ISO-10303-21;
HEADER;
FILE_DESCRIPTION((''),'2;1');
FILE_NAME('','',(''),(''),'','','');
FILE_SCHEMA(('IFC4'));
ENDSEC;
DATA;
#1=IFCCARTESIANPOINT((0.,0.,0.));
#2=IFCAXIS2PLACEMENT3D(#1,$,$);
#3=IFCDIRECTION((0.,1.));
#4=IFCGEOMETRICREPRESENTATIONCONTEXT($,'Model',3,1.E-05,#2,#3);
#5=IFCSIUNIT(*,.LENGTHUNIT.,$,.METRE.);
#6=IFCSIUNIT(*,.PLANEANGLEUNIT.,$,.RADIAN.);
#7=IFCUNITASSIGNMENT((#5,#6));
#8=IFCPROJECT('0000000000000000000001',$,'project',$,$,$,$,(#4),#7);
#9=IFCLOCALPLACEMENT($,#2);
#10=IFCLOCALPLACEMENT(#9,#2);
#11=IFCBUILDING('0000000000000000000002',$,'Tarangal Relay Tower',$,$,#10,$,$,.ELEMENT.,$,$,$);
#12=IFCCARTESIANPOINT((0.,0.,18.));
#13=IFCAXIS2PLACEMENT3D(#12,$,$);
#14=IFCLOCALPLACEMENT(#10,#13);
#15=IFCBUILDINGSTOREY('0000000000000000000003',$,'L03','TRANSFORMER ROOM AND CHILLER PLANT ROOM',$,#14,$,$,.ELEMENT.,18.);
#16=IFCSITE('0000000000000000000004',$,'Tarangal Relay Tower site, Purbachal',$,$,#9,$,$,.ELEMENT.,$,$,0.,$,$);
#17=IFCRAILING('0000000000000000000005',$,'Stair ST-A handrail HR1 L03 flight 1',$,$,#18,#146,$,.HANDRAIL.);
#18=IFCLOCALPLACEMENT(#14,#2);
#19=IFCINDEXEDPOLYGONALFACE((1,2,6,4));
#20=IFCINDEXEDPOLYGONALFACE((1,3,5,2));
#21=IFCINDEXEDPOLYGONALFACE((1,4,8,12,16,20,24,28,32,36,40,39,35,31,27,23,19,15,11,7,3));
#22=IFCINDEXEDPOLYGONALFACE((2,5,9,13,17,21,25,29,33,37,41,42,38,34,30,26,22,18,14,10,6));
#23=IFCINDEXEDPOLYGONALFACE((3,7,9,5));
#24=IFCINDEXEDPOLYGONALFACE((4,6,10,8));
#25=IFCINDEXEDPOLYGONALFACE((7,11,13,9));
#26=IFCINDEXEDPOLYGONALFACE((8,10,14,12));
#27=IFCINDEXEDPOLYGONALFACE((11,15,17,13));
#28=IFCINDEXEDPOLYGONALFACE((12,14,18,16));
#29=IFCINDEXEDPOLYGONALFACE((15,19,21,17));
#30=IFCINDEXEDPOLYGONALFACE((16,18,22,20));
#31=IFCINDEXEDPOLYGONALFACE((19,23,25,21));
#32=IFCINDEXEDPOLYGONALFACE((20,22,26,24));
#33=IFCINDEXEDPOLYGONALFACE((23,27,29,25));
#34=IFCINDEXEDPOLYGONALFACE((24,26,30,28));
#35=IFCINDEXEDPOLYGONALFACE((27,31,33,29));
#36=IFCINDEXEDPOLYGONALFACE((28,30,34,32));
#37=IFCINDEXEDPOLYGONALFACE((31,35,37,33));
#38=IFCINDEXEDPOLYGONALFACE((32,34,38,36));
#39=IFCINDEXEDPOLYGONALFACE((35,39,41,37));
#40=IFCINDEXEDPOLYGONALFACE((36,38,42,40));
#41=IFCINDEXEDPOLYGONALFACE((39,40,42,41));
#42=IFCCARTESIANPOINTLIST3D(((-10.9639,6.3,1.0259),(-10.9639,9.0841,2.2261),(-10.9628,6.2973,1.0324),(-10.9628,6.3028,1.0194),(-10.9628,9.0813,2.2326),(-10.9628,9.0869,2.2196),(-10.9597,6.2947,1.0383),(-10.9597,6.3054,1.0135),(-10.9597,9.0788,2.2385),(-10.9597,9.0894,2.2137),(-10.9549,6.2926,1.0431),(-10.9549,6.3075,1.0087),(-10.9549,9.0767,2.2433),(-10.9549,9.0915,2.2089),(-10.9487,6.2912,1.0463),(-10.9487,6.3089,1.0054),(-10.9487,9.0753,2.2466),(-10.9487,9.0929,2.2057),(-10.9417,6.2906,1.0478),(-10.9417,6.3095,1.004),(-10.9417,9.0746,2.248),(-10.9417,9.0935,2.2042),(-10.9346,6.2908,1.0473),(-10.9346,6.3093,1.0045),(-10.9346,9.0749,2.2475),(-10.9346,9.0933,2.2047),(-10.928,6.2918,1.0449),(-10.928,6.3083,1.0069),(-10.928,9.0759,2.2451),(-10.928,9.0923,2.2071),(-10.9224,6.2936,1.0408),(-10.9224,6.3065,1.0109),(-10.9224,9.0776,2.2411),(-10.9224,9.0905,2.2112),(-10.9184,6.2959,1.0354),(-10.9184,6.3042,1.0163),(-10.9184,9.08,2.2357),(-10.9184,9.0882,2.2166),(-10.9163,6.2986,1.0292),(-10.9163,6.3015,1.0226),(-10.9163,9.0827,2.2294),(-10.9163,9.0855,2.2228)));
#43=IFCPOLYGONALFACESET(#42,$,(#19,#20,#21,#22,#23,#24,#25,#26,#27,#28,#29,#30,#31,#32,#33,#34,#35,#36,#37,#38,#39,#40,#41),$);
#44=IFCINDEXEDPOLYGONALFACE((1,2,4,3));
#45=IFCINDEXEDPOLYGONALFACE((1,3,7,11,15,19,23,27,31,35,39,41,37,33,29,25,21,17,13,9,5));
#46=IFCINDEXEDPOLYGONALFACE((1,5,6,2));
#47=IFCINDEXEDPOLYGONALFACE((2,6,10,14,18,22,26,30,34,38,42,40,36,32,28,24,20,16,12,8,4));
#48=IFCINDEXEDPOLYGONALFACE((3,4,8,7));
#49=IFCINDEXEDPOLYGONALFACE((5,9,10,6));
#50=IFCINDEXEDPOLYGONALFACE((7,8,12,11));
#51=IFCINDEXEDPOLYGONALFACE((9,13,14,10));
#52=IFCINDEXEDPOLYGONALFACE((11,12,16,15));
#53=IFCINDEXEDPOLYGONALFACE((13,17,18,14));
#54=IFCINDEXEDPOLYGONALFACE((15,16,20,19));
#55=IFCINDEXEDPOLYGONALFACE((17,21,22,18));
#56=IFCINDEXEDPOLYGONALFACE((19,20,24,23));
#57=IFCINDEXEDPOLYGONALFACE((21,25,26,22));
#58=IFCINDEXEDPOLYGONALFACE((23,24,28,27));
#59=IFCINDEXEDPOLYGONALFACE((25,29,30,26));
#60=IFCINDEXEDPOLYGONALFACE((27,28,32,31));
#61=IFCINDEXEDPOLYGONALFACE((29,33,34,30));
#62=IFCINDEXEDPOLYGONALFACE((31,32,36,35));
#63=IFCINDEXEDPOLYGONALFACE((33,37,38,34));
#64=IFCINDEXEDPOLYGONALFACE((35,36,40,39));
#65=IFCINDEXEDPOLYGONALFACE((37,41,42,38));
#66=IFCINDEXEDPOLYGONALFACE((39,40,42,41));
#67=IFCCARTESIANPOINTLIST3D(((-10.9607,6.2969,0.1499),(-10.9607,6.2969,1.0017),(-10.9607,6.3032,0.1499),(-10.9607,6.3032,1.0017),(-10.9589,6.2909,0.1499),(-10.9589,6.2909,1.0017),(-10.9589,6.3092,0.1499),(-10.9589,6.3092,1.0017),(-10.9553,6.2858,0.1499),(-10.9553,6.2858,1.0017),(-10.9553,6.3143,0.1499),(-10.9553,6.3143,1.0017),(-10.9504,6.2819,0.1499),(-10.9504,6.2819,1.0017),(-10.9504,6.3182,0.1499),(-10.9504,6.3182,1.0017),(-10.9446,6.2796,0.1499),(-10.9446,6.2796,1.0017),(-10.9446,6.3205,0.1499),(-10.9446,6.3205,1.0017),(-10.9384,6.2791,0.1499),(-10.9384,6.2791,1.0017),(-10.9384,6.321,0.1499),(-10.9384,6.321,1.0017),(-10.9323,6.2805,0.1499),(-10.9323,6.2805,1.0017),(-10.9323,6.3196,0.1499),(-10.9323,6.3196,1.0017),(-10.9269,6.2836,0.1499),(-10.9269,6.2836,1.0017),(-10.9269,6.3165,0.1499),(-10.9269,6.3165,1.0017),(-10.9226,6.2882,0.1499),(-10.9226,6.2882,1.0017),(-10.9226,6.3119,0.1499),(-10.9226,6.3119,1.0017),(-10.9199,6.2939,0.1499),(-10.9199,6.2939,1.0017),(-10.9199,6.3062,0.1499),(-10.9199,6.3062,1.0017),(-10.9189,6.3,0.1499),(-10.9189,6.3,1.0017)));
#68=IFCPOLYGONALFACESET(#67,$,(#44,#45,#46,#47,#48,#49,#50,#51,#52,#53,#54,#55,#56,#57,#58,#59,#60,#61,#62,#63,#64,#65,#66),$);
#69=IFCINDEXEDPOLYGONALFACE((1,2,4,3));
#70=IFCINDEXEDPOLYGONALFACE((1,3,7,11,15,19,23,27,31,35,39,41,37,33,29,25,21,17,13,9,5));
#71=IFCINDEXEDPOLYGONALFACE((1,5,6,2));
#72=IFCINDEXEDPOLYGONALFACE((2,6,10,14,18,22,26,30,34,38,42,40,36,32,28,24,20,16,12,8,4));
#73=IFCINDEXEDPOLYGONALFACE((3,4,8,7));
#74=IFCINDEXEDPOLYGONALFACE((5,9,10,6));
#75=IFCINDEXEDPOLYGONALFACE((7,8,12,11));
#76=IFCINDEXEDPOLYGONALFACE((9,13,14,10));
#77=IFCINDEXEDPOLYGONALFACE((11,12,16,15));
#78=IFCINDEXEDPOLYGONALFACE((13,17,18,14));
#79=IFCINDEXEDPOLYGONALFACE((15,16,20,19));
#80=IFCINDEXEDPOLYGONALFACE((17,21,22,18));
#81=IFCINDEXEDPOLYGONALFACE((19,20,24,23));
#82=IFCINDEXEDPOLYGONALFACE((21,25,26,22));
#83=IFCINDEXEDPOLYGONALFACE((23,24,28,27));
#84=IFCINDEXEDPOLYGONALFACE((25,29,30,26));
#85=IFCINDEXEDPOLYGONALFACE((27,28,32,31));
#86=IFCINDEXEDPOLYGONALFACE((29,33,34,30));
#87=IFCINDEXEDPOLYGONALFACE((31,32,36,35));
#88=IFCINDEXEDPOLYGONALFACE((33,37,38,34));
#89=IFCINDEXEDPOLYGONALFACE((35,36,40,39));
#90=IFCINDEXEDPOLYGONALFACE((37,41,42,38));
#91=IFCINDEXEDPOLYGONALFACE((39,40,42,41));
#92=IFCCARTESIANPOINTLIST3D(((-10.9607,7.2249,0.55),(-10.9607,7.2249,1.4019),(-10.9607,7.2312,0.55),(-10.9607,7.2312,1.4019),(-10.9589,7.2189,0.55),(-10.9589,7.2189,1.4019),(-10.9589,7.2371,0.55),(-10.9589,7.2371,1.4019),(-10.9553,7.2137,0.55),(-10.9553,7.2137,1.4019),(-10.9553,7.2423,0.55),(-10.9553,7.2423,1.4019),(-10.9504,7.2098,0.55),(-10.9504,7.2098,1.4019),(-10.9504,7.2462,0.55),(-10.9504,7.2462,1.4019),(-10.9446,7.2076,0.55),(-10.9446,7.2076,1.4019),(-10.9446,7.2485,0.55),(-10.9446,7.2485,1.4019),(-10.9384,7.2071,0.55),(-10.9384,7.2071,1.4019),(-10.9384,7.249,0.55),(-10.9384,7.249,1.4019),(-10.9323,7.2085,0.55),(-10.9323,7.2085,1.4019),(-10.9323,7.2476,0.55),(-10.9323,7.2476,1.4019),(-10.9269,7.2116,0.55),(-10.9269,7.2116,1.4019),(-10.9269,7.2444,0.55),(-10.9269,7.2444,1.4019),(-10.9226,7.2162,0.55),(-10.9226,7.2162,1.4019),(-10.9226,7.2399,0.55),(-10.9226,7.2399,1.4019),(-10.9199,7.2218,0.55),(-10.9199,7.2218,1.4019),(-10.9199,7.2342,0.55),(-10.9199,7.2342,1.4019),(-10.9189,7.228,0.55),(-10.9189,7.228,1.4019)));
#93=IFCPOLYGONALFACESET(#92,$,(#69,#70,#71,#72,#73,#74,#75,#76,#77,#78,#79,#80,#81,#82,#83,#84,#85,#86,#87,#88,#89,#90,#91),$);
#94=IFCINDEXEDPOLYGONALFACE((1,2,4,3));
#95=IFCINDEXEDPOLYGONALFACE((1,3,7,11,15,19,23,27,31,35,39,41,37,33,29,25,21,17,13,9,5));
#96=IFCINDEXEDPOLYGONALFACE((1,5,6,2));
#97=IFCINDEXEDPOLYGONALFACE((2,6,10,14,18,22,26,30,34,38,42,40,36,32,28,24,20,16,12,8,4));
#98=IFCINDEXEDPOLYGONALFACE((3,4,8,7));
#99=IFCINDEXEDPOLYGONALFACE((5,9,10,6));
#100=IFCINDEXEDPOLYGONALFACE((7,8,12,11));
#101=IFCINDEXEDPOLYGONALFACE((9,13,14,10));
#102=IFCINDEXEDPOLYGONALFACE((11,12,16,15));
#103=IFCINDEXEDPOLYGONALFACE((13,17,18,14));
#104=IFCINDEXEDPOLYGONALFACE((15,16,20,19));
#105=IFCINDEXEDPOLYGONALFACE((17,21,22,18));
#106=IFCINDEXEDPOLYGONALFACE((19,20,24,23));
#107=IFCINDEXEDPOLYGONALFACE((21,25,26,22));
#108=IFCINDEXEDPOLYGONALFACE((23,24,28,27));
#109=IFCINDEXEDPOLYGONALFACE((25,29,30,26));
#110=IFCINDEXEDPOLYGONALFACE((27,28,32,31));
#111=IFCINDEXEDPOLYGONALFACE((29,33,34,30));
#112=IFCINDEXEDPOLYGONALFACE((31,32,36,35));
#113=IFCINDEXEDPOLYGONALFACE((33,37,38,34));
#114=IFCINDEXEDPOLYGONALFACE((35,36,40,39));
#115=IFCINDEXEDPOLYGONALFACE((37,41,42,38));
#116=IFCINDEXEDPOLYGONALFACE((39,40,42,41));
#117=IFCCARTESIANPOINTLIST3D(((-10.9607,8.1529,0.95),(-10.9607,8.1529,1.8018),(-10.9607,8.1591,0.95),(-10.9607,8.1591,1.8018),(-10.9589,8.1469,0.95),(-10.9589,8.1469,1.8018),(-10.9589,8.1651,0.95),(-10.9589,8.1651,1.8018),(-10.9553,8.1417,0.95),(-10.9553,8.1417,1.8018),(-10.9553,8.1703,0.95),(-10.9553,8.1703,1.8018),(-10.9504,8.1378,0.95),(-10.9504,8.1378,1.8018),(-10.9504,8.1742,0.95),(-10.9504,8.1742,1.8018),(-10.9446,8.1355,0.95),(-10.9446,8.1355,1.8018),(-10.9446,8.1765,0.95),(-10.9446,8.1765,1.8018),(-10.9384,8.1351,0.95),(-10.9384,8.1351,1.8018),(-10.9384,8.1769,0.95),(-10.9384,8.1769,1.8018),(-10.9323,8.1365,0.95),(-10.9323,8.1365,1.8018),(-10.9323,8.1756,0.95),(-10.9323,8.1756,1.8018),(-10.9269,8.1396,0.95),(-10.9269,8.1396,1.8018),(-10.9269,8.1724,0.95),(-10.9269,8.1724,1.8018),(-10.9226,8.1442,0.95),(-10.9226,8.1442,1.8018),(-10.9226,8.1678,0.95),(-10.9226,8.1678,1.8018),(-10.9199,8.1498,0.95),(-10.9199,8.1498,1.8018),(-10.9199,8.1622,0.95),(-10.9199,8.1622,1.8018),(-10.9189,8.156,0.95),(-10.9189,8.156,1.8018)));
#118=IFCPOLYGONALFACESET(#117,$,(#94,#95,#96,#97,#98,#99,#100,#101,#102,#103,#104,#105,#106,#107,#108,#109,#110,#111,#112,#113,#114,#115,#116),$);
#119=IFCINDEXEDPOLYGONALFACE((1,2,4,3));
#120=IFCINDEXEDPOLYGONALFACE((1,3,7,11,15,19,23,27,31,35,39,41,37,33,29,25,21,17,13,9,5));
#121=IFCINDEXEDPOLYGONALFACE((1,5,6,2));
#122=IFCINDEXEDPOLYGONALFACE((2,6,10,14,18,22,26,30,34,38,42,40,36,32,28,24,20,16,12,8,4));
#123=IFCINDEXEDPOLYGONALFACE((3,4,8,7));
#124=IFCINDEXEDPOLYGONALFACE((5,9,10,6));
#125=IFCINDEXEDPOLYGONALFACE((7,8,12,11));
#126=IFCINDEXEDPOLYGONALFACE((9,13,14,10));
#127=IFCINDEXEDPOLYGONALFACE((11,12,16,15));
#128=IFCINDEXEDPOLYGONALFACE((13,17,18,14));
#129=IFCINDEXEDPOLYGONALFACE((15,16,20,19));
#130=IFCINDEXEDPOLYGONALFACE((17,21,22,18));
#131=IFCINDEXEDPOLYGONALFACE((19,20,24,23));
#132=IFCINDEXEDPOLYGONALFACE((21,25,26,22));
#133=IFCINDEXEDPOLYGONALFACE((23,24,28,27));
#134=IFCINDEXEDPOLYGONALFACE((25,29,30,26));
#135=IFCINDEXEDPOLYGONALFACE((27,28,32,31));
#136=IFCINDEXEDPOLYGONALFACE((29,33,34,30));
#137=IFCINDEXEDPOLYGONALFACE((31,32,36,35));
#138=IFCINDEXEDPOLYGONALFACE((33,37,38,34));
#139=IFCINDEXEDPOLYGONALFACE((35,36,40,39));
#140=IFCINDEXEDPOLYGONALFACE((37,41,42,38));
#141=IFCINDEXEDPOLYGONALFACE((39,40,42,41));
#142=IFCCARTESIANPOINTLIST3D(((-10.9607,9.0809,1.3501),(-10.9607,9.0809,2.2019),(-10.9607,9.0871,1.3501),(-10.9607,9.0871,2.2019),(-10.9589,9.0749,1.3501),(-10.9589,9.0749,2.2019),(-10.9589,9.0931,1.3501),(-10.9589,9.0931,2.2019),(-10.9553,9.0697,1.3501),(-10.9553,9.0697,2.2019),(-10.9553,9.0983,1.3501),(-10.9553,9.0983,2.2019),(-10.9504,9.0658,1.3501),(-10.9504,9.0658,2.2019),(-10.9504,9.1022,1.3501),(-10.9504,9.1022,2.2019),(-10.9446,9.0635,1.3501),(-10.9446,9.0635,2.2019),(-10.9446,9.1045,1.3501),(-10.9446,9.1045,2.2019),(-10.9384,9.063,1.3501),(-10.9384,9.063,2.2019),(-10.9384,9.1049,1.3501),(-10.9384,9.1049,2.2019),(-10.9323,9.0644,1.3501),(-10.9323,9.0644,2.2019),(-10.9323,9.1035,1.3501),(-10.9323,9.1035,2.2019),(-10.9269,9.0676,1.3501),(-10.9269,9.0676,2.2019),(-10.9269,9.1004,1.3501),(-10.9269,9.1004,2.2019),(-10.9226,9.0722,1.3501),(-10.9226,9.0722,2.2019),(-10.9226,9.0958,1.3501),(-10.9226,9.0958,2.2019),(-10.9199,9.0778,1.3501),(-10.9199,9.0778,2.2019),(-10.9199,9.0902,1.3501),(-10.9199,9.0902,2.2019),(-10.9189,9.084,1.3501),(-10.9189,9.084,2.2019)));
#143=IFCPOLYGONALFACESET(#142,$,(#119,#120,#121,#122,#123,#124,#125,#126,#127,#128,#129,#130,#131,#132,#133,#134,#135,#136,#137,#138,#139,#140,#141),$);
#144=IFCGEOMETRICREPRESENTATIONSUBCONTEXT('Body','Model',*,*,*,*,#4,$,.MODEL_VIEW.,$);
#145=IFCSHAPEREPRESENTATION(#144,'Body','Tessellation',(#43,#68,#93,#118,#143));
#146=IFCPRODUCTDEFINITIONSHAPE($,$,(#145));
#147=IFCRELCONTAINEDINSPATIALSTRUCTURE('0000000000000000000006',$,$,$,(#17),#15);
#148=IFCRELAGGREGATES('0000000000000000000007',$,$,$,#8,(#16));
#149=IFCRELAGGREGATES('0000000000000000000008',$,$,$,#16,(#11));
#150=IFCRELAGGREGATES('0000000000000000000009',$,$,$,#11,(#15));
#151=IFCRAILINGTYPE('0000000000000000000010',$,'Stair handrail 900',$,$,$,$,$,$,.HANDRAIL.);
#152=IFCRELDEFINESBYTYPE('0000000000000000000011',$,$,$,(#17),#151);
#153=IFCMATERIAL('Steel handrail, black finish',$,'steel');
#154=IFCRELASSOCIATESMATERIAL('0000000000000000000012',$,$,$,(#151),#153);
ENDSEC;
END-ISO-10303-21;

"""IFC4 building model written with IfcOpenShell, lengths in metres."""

from ifc_helpers import new_model, si_unit, direction, frame, origin, origin_2d, place, context, subcontext, project, spatial, circle, extrude, material, type_object, element, save


model = new_model("IFC4")

# Units and contexts
model_context = context("Model", 3, precision=1e-05, world=origin(), true_north=direction((0.0, 1.0)))
body_context = subcontext(model_context, "Body", "Model", "MODEL_VIEW")
ifc_project = project(units=[si_unit("LENGTHUNIT", "METRE"), si_unit("PLANEANGLEUNIT", "RADIAN")], contexts=[model_context])

# Site, building, storey
site_placement = place(None, origin())
site = spatial("IfcSite", under=ifc_project, at=site_placement, Name="Tarangal Relay Tower site, Purbachal", CompositionType="ELEMENT", RefElevation=0.0)
building_placement = place(site_placement, origin())
building = spatial("IfcBuilding", under=site, at=building_placement, Name="Tarangal Relay Tower", CompositionType="ELEMENT")
storey_placement = place(building_placement, frame((0.0, 0.0, 18.0)))
storey = spatial("IfcBuildingStorey", under=building, at=storey_placement, Name="L03", Description="TRANSFORMER ROOM AND CHILLER PLANT ROOM", CompositionType="ELEMENT", Elevation=18.0)

# Railing
ifc_material_1 = material(Name="Steel handrail, black finish", Category="steel")
railing_type_1 = type_object("IfcRailingType", Name="Stair handrail 900", PredefinedType="HANDRAIL", material=ifc_material_1)
railing_1_placement = place(storey_placement, frame((-10.9399, 6.3, 0.1499)))
element("IfcRailing", 1, at=railing_1_placement, inside=storey, type_object=railing_type_1, Name="Stair ST-A handrail HR1 L03 flight 1", PredefinedType="HANDRAIL", context=body_context, shape_type="SweptSolid", body=[
    extrude(circle(Radius=0.0239, at=origin_2d()), frame((0.0, 0.0, 0.876), z_axis=(0.0, 0.918297, 0.395891), x_axis=(-1.0, 0.0, 0.0)), (0.0, 0.0, 1.0), 3.0317),
    extrude(circle(Radius=0.021, at=origin_2d()), origin(), (0.0, 0.0, 1.0), 0.8518),
    extrude(circle(Radius=0.021, at=origin_2d()), frame((0.0, 0.928, 0.4001)), (0.0, 0.0, 1.0), 0.8518),
    extrude(circle(Radius=0.021, at=origin_2d()), frame((0.0, 1.856, 0.8)), (0.0, 0.0, 1.0), 0.8518),
    extrude(circle(Radius=0.021, at=origin_2d()), frame((0.0, 2.7839, 1.2002)), (0.0, 0.0, 1.0), 0.8518),
])

save(model, "model.ifc")
